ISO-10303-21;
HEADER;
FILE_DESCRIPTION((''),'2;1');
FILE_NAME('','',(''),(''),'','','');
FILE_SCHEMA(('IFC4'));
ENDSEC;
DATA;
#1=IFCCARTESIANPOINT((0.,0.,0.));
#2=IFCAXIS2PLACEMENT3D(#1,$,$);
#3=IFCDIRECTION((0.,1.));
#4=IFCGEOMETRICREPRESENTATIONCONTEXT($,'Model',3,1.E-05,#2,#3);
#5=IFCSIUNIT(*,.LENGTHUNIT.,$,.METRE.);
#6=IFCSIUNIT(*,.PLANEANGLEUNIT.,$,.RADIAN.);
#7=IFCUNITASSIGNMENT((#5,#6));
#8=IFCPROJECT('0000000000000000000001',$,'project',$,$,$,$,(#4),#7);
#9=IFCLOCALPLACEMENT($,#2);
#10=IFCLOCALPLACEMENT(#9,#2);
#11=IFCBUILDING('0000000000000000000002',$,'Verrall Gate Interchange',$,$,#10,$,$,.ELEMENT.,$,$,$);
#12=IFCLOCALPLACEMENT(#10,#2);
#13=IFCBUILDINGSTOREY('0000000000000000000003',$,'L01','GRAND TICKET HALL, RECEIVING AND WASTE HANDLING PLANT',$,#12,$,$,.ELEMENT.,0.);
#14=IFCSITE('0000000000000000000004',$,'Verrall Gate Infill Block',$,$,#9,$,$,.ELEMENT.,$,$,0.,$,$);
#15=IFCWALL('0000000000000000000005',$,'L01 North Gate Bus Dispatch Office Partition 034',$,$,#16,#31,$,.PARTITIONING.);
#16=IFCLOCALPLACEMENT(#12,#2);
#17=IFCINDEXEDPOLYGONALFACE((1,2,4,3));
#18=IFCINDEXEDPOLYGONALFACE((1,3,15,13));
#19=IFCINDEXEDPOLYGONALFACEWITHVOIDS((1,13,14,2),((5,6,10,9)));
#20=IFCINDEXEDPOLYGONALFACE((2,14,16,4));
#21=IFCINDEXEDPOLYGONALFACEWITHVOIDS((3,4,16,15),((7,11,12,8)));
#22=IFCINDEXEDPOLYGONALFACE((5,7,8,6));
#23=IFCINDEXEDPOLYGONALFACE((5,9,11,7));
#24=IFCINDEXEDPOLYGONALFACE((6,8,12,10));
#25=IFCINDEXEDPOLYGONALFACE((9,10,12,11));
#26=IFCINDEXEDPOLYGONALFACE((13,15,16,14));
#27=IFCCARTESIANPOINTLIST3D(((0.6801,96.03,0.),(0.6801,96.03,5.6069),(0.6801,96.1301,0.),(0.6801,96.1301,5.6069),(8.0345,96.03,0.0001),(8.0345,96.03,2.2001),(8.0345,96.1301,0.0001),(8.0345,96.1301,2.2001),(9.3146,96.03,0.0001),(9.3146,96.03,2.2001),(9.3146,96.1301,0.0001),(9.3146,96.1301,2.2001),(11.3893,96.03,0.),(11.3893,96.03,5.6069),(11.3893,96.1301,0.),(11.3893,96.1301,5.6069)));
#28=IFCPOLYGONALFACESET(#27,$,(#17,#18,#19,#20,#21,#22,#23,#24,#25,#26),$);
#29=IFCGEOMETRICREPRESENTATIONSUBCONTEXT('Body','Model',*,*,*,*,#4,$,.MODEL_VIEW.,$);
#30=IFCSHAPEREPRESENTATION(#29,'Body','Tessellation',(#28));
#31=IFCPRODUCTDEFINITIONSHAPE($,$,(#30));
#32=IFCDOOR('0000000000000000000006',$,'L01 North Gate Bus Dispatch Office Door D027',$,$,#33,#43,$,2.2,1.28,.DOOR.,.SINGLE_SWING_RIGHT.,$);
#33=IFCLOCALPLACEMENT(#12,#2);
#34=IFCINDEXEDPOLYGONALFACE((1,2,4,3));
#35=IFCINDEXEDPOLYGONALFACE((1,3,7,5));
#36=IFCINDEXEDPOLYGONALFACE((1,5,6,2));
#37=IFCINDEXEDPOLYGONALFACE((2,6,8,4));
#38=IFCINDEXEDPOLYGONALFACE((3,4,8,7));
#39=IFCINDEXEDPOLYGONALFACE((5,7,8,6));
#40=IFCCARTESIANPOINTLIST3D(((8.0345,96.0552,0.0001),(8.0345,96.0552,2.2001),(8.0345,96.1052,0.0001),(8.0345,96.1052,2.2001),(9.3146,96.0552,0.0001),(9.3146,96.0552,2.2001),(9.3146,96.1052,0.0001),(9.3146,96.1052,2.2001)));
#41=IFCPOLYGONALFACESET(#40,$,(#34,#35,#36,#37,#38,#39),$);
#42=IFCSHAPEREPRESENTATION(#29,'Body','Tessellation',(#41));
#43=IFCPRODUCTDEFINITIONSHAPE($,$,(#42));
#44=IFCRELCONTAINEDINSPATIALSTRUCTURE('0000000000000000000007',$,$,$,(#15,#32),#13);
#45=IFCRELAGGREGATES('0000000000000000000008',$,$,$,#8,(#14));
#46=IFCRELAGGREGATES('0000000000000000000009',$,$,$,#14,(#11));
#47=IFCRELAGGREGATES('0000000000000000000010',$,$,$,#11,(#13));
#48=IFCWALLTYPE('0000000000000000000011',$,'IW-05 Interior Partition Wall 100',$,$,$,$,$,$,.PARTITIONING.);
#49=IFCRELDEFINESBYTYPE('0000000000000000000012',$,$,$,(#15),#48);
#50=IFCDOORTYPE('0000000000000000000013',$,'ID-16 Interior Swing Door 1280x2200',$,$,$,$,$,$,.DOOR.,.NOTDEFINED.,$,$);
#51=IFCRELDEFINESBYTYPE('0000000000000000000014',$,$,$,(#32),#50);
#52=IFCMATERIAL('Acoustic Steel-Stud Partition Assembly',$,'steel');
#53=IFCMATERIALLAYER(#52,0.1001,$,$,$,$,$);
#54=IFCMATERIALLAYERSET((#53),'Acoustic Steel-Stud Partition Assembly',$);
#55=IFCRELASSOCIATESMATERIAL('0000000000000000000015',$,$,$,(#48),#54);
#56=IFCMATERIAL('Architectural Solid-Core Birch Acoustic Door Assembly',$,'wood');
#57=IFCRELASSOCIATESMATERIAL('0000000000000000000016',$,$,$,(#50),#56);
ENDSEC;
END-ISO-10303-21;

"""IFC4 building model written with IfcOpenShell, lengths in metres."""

from ifc_helpers import new_model, si_unit, direction, frame, frame_2d, origin, place, context, subcontext, project, spatial, rectangle, extrude, material, layer, layer_set, type_object, element, fill, save


model = new_model("IFC4")

# Units and contexts
model_context = context("Model", 3, precision=1e-05, world=origin(), true_north=direction((0.0, 1.0)))
body_context = subcontext(model_context, "Body", "Model", "MODEL_VIEW")
ifc_project = project(units=[si_unit("LENGTHUNIT", "METRE"), si_unit("PLANEANGLEUNIT", "RADIAN")], contexts=[model_context])

# Site, building, storey
site_placement = place(None, origin())
site = spatial("IfcSite", under=ifc_project, at=site_placement, Name="Verrall Gate Infill Block", CompositionType="ELEMENT", RefElevation=0.0)
building_placement = place(site_placement, origin())
building = spatial("IfcBuilding", under=site, at=building_placement, Name="Verrall Gate Interchange", CompositionType="ELEMENT")
storey_placement = place(building_placement, origin())
storey = spatial("IfcBuildingStorey", under=building, at=storey_placement, Name="L01", Description="GRAND TICKET HALL, RECEIVING AND WASTE HANDLING PLANT", CompositionType="ELEMENT", Elevation=0.0)

# Wall, opening, door
ifc_material_1 = material(Name="Acoustic Steel-Stud Partition Assembly", Category="steel")
ifc_layer_1 = layer(ifc_material_1, 0.1001)
ifc_layer_set_1 = layer_set([ifc_layer_1], Name="Acoustic Steel-Stud Partition Assembly")
wall_type_1 = type_object("IfcWallType", Name="IW-05 Interior Partition Wall 100", PredefinedType="PARTITIONING", material=ifc_layer_set_1)
wall_1_placement = place(storey_placement, frame((11.3892, 96.0801, 0.0), z_axis=(0.0, 0.0, 1.0), x_axis=(-1.0, 0.0, 0.0)))
wall_1 = element("IfcWall", 1, at=wall_1_placement, inside=storey, type_object=wall_type_1, Name="L01 North Gate Bus Dispatch Office Partition 034", PredefinedType="PARTITIONING", context=body_context, shape_type="SweptSolid", body=[
    extrude(rectangle(XDim=10.7092, YDim=0.1001, at=frame_2d((5.3545, 0.0))), origin(), (0.0, 0.0, 1.0), 5.6069),
])
opening_1_placement = place(wall_1_placement, frame((2.0745, 0.0, 0.0)))
opening_1 = element("IfcOpeningElement", 2, at=opening_1_placement, cuts=wall_1, PredefinedType="OPENING", context=body_context, shape_type="SweptSolid", body=[
    extrude(rectangle(XDim=1.28, YDim=2.2, at=frame_2d((0.6401, 1.1001))), frame((0.0, 0.0649, 0.0), z_axis=(0.0, -1.0, 0.0), x_axis=(1.0, 0.0, 0.0)), (0.0, 0.0, 1.0), 0.1299),
])
ifc_material_2 = material(Name="Architectural Solid-Core Birch Acoustic Door Assembly", Category="wood")
door_type_1 = type_object("IfcDoorType", Name="ID-16 Interior Swing Door 1280x2200", OperationType="NOTDEFINED", PredefinedType="DOOR", material=ifc_material_2)
door_1_placement = place(opening_1_placement, origin())
door_1 = element("IfcDoor", 3, at=door_1_placement, inside=storey, type_object=door_type_1, Name="L01 North Gate Bus Dispatch Office Door D027", OperationType="SINGLE_SWING_RIGHT", OverallHeight=2.2, OverallWidth=1.28, PredefinedType="DOOR", context=body_context, shape_type="SweptSolid", body=[
    extrude(rectangle(XDim=1.28, YDim=2.2, at=frame_2d((0.6401, 1.1001))), frame((0.0, 0.0249, 0.0), z_axis=(0.0, -1.0, 0.0), x_axis=(1.0, 0.0, 0.0)), (0.0, 0.0, 1.0), 0.05),
])
fill(opening_1, door_1)

save(model, "model.ifc")
